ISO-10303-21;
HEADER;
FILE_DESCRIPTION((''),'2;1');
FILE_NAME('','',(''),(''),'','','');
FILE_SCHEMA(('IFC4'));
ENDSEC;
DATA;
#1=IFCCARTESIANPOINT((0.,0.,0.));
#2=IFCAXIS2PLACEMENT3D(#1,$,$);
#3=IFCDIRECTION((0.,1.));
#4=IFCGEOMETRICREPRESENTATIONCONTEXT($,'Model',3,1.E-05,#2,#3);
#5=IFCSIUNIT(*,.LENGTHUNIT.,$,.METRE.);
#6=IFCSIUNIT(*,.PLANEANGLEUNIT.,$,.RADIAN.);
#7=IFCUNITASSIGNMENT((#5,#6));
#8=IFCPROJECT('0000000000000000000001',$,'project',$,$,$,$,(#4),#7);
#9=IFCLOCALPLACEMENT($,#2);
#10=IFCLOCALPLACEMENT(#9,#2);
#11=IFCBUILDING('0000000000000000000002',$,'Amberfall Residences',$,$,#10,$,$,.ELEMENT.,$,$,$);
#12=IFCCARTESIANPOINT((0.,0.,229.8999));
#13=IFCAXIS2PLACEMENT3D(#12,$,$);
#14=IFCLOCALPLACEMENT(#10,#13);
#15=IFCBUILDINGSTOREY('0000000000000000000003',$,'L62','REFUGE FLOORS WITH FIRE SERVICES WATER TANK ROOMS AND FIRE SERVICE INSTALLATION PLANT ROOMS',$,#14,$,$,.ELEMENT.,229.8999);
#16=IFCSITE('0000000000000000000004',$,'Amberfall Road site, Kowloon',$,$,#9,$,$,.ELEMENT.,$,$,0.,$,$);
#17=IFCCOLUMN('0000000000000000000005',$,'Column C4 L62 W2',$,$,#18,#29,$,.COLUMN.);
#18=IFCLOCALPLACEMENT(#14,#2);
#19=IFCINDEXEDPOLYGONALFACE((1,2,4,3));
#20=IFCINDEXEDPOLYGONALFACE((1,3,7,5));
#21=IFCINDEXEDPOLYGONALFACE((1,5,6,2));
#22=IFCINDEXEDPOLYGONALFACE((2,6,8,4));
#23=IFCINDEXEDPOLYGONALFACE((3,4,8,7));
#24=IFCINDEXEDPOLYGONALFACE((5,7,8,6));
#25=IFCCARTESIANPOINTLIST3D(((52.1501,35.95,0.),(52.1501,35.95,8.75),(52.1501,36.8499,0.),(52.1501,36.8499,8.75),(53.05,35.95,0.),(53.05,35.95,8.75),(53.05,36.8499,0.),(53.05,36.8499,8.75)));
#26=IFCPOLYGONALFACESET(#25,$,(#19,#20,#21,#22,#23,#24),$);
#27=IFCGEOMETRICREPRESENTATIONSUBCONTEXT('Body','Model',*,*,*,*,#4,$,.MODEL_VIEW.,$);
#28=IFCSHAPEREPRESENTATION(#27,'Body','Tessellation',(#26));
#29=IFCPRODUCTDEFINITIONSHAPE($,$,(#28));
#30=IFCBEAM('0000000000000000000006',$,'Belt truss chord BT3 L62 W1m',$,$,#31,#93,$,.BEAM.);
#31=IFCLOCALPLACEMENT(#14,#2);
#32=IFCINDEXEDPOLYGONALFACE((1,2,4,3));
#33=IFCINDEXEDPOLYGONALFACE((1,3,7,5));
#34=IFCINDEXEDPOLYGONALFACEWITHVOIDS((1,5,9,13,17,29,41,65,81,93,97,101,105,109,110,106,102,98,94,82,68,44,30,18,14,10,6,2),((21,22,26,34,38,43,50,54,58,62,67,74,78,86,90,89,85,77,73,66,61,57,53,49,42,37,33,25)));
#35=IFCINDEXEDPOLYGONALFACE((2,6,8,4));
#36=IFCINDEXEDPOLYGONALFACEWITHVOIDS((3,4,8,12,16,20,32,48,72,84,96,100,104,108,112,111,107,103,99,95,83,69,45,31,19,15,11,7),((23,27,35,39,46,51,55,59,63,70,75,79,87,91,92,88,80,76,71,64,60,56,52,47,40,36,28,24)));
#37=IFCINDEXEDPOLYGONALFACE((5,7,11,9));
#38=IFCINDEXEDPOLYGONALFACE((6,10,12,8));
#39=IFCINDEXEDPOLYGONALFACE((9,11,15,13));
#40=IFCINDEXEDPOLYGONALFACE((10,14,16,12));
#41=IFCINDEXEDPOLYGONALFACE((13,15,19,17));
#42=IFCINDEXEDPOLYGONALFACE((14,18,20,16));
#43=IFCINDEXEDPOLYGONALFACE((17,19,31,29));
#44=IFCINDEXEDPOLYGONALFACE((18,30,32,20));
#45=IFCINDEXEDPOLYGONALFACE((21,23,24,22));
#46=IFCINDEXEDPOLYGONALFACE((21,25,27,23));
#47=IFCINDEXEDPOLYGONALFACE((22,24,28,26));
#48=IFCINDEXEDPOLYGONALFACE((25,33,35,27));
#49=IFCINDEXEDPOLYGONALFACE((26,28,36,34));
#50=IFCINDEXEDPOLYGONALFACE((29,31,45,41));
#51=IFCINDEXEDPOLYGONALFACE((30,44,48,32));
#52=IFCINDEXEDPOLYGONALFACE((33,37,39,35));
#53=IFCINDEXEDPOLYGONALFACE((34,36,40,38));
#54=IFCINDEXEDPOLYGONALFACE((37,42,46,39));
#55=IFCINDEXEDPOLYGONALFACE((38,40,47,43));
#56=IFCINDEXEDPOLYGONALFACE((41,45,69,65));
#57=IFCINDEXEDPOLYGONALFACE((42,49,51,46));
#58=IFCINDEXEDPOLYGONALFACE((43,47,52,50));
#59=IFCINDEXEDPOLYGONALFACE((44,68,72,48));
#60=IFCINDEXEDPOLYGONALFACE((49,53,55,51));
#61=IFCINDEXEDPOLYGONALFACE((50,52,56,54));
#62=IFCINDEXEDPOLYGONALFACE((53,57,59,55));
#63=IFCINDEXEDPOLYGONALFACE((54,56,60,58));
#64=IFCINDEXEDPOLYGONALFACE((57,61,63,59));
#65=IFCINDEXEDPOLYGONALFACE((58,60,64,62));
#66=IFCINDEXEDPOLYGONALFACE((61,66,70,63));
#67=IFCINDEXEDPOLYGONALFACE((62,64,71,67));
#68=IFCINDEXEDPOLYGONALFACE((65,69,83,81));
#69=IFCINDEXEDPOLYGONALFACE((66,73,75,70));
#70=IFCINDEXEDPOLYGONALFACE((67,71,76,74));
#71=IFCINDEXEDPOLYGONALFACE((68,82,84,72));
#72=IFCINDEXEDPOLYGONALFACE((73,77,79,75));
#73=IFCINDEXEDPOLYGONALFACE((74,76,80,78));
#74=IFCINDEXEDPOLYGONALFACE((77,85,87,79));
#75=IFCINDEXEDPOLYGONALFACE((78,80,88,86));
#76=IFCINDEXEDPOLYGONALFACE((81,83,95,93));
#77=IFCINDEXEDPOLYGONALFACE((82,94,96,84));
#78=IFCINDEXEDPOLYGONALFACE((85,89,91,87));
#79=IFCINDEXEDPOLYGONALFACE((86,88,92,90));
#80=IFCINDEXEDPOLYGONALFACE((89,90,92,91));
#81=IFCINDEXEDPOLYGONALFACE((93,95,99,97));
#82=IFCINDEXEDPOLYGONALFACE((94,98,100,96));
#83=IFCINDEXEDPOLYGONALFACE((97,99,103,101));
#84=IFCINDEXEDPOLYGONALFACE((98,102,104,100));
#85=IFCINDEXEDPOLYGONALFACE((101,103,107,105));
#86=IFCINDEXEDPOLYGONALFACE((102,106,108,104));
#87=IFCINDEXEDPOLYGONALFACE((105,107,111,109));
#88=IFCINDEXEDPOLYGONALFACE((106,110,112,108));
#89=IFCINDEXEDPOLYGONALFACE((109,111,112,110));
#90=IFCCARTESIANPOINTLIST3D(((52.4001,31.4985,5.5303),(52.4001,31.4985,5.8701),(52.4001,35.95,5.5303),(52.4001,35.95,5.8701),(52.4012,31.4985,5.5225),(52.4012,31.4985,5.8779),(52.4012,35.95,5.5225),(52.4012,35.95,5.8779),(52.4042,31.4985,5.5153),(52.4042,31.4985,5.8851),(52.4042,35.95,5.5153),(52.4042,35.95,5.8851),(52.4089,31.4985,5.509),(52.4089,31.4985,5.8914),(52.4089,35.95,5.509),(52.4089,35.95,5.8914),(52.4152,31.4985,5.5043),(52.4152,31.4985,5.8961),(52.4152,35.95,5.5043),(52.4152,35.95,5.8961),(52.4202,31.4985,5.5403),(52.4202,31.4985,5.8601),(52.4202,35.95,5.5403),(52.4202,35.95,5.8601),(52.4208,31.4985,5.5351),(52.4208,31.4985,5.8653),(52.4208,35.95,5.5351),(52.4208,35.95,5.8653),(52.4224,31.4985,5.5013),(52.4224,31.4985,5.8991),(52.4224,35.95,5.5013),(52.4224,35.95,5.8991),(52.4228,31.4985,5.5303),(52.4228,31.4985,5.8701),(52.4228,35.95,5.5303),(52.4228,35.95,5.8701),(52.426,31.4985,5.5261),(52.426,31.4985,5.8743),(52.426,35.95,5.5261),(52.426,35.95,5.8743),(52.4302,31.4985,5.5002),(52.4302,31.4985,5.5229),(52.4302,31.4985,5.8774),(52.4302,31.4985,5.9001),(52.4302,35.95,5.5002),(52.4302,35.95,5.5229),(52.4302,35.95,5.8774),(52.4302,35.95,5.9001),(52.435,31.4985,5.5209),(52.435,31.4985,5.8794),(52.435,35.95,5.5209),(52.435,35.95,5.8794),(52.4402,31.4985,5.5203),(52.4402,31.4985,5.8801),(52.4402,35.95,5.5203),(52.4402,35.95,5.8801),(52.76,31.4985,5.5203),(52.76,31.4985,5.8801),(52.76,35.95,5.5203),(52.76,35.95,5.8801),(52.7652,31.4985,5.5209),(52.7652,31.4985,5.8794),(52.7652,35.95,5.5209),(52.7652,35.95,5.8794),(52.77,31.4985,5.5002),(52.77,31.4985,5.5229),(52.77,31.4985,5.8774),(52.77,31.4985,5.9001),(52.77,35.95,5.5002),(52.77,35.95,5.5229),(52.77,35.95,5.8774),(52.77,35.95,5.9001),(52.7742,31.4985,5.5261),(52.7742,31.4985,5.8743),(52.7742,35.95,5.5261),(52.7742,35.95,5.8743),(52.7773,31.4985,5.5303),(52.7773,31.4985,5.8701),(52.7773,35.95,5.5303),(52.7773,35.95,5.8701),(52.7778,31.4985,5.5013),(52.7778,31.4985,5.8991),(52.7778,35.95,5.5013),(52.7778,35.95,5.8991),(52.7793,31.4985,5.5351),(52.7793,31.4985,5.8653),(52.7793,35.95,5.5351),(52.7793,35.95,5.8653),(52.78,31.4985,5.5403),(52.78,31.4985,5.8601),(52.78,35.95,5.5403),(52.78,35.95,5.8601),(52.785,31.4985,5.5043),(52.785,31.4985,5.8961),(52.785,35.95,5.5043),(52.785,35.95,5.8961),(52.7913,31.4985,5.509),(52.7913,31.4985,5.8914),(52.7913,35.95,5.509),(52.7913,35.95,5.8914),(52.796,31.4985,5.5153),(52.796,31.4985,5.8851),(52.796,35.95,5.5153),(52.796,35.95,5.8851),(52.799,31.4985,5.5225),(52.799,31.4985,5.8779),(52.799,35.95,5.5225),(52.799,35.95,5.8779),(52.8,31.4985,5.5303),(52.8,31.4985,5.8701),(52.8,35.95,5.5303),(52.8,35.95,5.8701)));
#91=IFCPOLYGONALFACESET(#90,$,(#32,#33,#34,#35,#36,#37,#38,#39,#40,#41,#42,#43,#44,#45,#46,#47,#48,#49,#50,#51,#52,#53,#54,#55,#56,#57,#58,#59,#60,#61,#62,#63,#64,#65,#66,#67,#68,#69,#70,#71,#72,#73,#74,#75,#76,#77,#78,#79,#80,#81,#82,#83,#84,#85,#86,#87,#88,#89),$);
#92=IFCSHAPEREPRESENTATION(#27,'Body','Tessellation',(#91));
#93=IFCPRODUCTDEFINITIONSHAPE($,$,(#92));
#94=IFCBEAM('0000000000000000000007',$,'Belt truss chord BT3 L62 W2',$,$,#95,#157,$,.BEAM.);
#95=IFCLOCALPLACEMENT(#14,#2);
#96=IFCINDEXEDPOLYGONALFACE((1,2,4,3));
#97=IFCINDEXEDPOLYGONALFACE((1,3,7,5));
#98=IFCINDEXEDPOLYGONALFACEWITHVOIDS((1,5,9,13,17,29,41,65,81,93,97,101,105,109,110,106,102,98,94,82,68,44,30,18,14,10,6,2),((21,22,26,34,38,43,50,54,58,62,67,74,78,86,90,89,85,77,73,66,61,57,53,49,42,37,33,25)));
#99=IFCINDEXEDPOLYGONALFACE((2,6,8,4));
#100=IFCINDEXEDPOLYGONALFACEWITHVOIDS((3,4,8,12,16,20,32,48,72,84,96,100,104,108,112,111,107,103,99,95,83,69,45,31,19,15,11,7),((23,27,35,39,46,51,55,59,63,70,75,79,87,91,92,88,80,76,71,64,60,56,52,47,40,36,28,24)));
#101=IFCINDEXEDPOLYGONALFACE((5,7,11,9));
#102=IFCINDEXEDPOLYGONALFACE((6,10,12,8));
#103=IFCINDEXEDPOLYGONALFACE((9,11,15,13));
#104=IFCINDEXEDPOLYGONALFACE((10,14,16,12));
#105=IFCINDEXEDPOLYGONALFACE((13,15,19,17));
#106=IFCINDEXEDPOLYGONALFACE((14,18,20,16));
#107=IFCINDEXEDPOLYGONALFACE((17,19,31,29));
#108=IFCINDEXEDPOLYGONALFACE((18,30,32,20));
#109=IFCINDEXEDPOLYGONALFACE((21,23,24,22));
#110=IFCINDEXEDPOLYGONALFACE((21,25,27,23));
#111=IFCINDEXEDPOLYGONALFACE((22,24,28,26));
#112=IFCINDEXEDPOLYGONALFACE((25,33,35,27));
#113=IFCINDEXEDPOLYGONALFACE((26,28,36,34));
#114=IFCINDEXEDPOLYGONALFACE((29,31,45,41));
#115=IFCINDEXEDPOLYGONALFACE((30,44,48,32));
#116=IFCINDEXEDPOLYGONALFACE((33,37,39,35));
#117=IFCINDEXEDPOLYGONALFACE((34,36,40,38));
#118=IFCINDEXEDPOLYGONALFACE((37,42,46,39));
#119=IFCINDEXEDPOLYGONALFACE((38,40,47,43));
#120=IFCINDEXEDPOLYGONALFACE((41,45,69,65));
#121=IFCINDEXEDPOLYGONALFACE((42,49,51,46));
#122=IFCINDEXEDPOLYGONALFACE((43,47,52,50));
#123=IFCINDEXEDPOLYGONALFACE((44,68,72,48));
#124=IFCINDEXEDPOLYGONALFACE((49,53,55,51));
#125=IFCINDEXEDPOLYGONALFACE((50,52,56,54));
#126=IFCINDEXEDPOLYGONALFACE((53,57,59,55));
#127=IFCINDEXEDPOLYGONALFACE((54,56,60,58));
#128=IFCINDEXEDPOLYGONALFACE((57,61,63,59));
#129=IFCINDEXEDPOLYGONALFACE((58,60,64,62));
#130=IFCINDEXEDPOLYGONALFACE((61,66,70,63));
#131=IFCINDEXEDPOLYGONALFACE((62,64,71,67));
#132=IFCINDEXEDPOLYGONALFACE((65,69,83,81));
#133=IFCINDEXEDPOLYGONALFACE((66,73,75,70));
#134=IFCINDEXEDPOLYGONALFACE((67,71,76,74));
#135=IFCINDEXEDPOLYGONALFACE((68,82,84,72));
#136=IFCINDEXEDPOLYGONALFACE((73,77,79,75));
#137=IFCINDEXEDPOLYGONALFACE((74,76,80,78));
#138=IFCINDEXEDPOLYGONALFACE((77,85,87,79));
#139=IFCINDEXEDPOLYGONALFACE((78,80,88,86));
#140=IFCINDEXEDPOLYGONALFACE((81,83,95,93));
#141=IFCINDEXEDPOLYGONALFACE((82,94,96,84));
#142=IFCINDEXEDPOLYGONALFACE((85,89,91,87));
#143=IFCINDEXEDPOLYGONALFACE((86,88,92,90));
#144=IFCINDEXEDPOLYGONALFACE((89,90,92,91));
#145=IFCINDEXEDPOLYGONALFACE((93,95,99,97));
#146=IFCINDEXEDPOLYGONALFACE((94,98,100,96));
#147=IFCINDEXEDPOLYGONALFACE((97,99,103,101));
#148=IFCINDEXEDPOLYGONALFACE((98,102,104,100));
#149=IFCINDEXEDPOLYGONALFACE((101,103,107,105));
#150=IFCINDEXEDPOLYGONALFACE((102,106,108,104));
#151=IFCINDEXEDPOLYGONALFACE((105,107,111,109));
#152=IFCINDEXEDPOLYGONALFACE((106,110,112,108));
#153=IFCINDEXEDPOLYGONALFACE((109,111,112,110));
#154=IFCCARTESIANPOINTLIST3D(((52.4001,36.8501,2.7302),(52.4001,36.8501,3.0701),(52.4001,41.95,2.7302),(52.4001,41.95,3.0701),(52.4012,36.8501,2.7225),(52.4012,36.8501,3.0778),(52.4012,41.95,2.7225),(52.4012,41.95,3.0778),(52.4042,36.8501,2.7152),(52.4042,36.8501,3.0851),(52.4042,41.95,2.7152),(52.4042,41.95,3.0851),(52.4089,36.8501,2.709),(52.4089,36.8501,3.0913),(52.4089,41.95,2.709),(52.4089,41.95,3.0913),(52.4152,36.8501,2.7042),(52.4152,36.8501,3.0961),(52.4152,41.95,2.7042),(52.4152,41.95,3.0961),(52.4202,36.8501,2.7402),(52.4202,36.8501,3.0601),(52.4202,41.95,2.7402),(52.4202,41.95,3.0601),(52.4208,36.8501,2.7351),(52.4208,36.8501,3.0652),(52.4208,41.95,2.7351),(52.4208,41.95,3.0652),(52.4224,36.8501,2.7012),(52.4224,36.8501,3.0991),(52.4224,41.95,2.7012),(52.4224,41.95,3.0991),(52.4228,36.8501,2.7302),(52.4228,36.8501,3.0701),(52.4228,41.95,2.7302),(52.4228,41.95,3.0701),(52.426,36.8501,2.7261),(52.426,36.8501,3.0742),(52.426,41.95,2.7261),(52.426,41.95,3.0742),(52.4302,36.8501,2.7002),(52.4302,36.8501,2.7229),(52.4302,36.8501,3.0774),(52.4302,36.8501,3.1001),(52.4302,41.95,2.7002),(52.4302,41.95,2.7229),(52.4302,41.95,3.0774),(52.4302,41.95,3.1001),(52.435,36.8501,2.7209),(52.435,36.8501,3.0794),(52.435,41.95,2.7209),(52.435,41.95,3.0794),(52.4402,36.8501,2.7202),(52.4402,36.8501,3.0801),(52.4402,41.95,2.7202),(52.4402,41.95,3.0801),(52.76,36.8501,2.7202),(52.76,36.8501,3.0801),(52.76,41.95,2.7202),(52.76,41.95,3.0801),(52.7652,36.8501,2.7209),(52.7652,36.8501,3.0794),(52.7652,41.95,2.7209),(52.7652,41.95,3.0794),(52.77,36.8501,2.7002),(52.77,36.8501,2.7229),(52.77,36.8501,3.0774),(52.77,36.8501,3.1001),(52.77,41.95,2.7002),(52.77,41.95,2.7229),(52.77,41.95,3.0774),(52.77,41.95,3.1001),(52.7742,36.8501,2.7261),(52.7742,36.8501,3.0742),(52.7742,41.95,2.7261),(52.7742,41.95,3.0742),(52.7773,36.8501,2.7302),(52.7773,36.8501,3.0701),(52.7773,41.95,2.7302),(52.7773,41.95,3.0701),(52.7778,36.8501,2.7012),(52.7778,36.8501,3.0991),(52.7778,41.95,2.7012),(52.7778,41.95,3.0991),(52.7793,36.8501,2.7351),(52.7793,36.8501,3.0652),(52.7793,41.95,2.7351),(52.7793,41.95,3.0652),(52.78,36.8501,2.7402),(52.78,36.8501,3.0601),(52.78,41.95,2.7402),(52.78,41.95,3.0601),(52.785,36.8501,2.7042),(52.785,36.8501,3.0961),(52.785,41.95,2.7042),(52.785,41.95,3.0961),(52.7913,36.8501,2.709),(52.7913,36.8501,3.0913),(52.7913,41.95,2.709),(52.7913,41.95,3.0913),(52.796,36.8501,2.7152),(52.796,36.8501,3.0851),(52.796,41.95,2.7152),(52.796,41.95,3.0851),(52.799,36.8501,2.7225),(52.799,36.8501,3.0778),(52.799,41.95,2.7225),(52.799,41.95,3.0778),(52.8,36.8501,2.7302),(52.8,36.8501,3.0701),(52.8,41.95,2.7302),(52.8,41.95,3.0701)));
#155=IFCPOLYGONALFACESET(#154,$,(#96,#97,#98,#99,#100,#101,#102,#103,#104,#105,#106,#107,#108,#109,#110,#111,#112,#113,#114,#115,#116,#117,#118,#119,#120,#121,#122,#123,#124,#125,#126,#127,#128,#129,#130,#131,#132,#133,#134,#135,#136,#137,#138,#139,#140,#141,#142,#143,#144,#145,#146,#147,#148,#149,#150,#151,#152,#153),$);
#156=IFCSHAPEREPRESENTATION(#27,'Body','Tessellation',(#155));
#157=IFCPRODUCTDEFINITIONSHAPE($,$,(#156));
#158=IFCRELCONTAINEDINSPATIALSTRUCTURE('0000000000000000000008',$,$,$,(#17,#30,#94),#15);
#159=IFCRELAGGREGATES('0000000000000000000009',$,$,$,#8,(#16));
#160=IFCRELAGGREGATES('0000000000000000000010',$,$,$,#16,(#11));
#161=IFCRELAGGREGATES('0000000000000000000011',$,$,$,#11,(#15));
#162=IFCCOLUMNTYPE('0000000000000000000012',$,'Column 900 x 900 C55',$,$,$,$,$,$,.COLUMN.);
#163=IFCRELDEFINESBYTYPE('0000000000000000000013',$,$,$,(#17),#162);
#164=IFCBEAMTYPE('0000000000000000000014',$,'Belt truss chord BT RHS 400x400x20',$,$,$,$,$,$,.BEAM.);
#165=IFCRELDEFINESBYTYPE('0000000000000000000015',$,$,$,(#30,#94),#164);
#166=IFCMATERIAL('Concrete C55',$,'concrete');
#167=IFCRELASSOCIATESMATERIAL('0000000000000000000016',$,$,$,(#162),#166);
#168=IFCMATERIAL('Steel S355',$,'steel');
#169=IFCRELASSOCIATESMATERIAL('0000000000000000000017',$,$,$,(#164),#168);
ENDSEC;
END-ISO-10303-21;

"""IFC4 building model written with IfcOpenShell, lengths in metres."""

from ifc_helpers import new_model, si_unit, direction, frame, origin, origin_2d, place, context, subcontext, project, spatial, rectangle, hollow_rectangle, extrude, material, material_profile, profile_set, type_object, element, save


model = new_model("IFC4")

# Units and contexts
model_context = context("Model", 3, precision=1e-05, world=origin(), true_north=direction((0.0, 1.0)))
body_context = subcontext(model_context, "Body", "Model", "MODEL_VIEW")
ifc_project = project(units=[si_unit("LENGTHUNIT", "METRE"), si_unit("PLANEANGLEUNIT", "RADIAN")], contexts=[model_context])

# Site, building, storey
site_placement = place(None, origin())
site = spatial("IfcSite", under=ifc_project, at=site_placement, Name="Amberfall Road site, Kowloon", CompositionType="ELEMENT", RefElevation=0.0)
building_placement = place(site_placement, origin())
building = spatial("IfcBuilding", under=site, at=building_placement, Name="Amberfall Residences", CompositionType="ELEMENT")
storey_placement = place(building_placement, frame((0.0, 0.0, 229.8999)))
storey = spatial("IfcBuildingStorey", under=building, at=storey_placement, Name="L62", Description="REFUGE FLOORS WITH FIRE SERVICES WATER TANK ROOMS AND FIRE SERVICE INSTALLATION PLANT ROOMS", CompositionType="ELEMENT", Elevation=229.8999)

# Column
ifc_material_1 = material(Name="Concrete C55", Category="concrete")
ifc_material_profile_1 = material_profile(ifc_material_1, rectangle(XDim=0.8999, YDim=0.8999, at=origin_2d()), Name="Column 900 x 900 C55")
ifc_profile_set_1 = profile_set([ifc_material_profile_1], Name="Concrete C55")
column_type = type_object("IfcColumnType", Name="Column 900 x 900 C55", PredefinedType="COLUMN", material=ifc_profile_set_1)
column_placement = place(storey_placement, frame((52.6001, 36.3999, 0.0), z_axis=(0.0, 0.0, 1.0), x_axis=(1.0, 0.0, 0.0)))
element("IfcColumn", 1, at=column_placement, inside=storey, type_object=column_type, Name="Column C4 L62 W2", PredefinedType="COLUMN", context=body_context, shape_type="SweptSolid", body=[
    extrude(rectangle(XDim=0.8999, YDim=0.8999, at=origin_2d()), origin(), (0.0, 0.0, 1.0), 8.75),
])

# Beams
ifc_material_2 = material(Name="Steel S355", Category="steel")
ifc_material_profile_2 = material_profile(ifc_material_2, hollow_rectangle(XDim=0.3999, YDim=0.3999, WallThickness=0.02, InnerFilletRadius=0.02, OuterFilletRadius=0.03, at=origin_2d()), Name="RHS 400x400x20")
ifc_profile_set_2 = profile_set([ifc_material_profile_2], Name="Steel S355")
beam_type_1 = type_object("IfcBeamType", Name="Belt truss chord BT RHS 400x400x20", PredefinedType="BEAM", material=ifc_profile_set_2)
beam_1_placement = place(storey_placement, frame((52.6001, 31.4985, 5.7002), z_axis=(0.0, 1.0, 0.0), x_axis=(-1.0, 0.0, 0.0)))
element("IfcBeam", 2, at=beam_1_placement, inside=storey, type_object=beam_type_1, Name="Belt truss chord BT3 L62 W1m", PredefinedType="BEAM", context=body_context, shape_type="SweptSolid", body=[
    extrude(hollow_rectangle(XDim=0.3999, YDim=0.3999, WallThickness=0.02, InnerFilletRadius=0.02, OuterFilletRadius=0.03, at=origin_2d()), origin(), (0.0, 0.0, 1.0), 4.4514),
])
for number, where, z_axis, x_axis, name in (
    (3, (52.6001, 36.8501, 2.9001), (0.0, 1.0, 0.0), (-1.0, 0.0, 0.0), "Belt truss chord BT3 L62 W2"),
):
    element("IfcBeam", number, at=place(storey_placement, frame(where, z_axis=z_axis, x_axis=x_axis)), inside=storey, type_object=beam_type_1, Name=name, PredefinedType="BEAM", context=body_context, shape_type="SweptSolid", body=[
        extrude(hollow_rectangle(XDim=0.3999, YDim=0.3999, WallThickness=0.02, InnerFilletRadius=0.02, OuterFilletRadius=0.03, at=origin_2d()), origin(), (0.0, 0.0, 1.0), 5.0999),
    ])

save(model, "model.ifc")
